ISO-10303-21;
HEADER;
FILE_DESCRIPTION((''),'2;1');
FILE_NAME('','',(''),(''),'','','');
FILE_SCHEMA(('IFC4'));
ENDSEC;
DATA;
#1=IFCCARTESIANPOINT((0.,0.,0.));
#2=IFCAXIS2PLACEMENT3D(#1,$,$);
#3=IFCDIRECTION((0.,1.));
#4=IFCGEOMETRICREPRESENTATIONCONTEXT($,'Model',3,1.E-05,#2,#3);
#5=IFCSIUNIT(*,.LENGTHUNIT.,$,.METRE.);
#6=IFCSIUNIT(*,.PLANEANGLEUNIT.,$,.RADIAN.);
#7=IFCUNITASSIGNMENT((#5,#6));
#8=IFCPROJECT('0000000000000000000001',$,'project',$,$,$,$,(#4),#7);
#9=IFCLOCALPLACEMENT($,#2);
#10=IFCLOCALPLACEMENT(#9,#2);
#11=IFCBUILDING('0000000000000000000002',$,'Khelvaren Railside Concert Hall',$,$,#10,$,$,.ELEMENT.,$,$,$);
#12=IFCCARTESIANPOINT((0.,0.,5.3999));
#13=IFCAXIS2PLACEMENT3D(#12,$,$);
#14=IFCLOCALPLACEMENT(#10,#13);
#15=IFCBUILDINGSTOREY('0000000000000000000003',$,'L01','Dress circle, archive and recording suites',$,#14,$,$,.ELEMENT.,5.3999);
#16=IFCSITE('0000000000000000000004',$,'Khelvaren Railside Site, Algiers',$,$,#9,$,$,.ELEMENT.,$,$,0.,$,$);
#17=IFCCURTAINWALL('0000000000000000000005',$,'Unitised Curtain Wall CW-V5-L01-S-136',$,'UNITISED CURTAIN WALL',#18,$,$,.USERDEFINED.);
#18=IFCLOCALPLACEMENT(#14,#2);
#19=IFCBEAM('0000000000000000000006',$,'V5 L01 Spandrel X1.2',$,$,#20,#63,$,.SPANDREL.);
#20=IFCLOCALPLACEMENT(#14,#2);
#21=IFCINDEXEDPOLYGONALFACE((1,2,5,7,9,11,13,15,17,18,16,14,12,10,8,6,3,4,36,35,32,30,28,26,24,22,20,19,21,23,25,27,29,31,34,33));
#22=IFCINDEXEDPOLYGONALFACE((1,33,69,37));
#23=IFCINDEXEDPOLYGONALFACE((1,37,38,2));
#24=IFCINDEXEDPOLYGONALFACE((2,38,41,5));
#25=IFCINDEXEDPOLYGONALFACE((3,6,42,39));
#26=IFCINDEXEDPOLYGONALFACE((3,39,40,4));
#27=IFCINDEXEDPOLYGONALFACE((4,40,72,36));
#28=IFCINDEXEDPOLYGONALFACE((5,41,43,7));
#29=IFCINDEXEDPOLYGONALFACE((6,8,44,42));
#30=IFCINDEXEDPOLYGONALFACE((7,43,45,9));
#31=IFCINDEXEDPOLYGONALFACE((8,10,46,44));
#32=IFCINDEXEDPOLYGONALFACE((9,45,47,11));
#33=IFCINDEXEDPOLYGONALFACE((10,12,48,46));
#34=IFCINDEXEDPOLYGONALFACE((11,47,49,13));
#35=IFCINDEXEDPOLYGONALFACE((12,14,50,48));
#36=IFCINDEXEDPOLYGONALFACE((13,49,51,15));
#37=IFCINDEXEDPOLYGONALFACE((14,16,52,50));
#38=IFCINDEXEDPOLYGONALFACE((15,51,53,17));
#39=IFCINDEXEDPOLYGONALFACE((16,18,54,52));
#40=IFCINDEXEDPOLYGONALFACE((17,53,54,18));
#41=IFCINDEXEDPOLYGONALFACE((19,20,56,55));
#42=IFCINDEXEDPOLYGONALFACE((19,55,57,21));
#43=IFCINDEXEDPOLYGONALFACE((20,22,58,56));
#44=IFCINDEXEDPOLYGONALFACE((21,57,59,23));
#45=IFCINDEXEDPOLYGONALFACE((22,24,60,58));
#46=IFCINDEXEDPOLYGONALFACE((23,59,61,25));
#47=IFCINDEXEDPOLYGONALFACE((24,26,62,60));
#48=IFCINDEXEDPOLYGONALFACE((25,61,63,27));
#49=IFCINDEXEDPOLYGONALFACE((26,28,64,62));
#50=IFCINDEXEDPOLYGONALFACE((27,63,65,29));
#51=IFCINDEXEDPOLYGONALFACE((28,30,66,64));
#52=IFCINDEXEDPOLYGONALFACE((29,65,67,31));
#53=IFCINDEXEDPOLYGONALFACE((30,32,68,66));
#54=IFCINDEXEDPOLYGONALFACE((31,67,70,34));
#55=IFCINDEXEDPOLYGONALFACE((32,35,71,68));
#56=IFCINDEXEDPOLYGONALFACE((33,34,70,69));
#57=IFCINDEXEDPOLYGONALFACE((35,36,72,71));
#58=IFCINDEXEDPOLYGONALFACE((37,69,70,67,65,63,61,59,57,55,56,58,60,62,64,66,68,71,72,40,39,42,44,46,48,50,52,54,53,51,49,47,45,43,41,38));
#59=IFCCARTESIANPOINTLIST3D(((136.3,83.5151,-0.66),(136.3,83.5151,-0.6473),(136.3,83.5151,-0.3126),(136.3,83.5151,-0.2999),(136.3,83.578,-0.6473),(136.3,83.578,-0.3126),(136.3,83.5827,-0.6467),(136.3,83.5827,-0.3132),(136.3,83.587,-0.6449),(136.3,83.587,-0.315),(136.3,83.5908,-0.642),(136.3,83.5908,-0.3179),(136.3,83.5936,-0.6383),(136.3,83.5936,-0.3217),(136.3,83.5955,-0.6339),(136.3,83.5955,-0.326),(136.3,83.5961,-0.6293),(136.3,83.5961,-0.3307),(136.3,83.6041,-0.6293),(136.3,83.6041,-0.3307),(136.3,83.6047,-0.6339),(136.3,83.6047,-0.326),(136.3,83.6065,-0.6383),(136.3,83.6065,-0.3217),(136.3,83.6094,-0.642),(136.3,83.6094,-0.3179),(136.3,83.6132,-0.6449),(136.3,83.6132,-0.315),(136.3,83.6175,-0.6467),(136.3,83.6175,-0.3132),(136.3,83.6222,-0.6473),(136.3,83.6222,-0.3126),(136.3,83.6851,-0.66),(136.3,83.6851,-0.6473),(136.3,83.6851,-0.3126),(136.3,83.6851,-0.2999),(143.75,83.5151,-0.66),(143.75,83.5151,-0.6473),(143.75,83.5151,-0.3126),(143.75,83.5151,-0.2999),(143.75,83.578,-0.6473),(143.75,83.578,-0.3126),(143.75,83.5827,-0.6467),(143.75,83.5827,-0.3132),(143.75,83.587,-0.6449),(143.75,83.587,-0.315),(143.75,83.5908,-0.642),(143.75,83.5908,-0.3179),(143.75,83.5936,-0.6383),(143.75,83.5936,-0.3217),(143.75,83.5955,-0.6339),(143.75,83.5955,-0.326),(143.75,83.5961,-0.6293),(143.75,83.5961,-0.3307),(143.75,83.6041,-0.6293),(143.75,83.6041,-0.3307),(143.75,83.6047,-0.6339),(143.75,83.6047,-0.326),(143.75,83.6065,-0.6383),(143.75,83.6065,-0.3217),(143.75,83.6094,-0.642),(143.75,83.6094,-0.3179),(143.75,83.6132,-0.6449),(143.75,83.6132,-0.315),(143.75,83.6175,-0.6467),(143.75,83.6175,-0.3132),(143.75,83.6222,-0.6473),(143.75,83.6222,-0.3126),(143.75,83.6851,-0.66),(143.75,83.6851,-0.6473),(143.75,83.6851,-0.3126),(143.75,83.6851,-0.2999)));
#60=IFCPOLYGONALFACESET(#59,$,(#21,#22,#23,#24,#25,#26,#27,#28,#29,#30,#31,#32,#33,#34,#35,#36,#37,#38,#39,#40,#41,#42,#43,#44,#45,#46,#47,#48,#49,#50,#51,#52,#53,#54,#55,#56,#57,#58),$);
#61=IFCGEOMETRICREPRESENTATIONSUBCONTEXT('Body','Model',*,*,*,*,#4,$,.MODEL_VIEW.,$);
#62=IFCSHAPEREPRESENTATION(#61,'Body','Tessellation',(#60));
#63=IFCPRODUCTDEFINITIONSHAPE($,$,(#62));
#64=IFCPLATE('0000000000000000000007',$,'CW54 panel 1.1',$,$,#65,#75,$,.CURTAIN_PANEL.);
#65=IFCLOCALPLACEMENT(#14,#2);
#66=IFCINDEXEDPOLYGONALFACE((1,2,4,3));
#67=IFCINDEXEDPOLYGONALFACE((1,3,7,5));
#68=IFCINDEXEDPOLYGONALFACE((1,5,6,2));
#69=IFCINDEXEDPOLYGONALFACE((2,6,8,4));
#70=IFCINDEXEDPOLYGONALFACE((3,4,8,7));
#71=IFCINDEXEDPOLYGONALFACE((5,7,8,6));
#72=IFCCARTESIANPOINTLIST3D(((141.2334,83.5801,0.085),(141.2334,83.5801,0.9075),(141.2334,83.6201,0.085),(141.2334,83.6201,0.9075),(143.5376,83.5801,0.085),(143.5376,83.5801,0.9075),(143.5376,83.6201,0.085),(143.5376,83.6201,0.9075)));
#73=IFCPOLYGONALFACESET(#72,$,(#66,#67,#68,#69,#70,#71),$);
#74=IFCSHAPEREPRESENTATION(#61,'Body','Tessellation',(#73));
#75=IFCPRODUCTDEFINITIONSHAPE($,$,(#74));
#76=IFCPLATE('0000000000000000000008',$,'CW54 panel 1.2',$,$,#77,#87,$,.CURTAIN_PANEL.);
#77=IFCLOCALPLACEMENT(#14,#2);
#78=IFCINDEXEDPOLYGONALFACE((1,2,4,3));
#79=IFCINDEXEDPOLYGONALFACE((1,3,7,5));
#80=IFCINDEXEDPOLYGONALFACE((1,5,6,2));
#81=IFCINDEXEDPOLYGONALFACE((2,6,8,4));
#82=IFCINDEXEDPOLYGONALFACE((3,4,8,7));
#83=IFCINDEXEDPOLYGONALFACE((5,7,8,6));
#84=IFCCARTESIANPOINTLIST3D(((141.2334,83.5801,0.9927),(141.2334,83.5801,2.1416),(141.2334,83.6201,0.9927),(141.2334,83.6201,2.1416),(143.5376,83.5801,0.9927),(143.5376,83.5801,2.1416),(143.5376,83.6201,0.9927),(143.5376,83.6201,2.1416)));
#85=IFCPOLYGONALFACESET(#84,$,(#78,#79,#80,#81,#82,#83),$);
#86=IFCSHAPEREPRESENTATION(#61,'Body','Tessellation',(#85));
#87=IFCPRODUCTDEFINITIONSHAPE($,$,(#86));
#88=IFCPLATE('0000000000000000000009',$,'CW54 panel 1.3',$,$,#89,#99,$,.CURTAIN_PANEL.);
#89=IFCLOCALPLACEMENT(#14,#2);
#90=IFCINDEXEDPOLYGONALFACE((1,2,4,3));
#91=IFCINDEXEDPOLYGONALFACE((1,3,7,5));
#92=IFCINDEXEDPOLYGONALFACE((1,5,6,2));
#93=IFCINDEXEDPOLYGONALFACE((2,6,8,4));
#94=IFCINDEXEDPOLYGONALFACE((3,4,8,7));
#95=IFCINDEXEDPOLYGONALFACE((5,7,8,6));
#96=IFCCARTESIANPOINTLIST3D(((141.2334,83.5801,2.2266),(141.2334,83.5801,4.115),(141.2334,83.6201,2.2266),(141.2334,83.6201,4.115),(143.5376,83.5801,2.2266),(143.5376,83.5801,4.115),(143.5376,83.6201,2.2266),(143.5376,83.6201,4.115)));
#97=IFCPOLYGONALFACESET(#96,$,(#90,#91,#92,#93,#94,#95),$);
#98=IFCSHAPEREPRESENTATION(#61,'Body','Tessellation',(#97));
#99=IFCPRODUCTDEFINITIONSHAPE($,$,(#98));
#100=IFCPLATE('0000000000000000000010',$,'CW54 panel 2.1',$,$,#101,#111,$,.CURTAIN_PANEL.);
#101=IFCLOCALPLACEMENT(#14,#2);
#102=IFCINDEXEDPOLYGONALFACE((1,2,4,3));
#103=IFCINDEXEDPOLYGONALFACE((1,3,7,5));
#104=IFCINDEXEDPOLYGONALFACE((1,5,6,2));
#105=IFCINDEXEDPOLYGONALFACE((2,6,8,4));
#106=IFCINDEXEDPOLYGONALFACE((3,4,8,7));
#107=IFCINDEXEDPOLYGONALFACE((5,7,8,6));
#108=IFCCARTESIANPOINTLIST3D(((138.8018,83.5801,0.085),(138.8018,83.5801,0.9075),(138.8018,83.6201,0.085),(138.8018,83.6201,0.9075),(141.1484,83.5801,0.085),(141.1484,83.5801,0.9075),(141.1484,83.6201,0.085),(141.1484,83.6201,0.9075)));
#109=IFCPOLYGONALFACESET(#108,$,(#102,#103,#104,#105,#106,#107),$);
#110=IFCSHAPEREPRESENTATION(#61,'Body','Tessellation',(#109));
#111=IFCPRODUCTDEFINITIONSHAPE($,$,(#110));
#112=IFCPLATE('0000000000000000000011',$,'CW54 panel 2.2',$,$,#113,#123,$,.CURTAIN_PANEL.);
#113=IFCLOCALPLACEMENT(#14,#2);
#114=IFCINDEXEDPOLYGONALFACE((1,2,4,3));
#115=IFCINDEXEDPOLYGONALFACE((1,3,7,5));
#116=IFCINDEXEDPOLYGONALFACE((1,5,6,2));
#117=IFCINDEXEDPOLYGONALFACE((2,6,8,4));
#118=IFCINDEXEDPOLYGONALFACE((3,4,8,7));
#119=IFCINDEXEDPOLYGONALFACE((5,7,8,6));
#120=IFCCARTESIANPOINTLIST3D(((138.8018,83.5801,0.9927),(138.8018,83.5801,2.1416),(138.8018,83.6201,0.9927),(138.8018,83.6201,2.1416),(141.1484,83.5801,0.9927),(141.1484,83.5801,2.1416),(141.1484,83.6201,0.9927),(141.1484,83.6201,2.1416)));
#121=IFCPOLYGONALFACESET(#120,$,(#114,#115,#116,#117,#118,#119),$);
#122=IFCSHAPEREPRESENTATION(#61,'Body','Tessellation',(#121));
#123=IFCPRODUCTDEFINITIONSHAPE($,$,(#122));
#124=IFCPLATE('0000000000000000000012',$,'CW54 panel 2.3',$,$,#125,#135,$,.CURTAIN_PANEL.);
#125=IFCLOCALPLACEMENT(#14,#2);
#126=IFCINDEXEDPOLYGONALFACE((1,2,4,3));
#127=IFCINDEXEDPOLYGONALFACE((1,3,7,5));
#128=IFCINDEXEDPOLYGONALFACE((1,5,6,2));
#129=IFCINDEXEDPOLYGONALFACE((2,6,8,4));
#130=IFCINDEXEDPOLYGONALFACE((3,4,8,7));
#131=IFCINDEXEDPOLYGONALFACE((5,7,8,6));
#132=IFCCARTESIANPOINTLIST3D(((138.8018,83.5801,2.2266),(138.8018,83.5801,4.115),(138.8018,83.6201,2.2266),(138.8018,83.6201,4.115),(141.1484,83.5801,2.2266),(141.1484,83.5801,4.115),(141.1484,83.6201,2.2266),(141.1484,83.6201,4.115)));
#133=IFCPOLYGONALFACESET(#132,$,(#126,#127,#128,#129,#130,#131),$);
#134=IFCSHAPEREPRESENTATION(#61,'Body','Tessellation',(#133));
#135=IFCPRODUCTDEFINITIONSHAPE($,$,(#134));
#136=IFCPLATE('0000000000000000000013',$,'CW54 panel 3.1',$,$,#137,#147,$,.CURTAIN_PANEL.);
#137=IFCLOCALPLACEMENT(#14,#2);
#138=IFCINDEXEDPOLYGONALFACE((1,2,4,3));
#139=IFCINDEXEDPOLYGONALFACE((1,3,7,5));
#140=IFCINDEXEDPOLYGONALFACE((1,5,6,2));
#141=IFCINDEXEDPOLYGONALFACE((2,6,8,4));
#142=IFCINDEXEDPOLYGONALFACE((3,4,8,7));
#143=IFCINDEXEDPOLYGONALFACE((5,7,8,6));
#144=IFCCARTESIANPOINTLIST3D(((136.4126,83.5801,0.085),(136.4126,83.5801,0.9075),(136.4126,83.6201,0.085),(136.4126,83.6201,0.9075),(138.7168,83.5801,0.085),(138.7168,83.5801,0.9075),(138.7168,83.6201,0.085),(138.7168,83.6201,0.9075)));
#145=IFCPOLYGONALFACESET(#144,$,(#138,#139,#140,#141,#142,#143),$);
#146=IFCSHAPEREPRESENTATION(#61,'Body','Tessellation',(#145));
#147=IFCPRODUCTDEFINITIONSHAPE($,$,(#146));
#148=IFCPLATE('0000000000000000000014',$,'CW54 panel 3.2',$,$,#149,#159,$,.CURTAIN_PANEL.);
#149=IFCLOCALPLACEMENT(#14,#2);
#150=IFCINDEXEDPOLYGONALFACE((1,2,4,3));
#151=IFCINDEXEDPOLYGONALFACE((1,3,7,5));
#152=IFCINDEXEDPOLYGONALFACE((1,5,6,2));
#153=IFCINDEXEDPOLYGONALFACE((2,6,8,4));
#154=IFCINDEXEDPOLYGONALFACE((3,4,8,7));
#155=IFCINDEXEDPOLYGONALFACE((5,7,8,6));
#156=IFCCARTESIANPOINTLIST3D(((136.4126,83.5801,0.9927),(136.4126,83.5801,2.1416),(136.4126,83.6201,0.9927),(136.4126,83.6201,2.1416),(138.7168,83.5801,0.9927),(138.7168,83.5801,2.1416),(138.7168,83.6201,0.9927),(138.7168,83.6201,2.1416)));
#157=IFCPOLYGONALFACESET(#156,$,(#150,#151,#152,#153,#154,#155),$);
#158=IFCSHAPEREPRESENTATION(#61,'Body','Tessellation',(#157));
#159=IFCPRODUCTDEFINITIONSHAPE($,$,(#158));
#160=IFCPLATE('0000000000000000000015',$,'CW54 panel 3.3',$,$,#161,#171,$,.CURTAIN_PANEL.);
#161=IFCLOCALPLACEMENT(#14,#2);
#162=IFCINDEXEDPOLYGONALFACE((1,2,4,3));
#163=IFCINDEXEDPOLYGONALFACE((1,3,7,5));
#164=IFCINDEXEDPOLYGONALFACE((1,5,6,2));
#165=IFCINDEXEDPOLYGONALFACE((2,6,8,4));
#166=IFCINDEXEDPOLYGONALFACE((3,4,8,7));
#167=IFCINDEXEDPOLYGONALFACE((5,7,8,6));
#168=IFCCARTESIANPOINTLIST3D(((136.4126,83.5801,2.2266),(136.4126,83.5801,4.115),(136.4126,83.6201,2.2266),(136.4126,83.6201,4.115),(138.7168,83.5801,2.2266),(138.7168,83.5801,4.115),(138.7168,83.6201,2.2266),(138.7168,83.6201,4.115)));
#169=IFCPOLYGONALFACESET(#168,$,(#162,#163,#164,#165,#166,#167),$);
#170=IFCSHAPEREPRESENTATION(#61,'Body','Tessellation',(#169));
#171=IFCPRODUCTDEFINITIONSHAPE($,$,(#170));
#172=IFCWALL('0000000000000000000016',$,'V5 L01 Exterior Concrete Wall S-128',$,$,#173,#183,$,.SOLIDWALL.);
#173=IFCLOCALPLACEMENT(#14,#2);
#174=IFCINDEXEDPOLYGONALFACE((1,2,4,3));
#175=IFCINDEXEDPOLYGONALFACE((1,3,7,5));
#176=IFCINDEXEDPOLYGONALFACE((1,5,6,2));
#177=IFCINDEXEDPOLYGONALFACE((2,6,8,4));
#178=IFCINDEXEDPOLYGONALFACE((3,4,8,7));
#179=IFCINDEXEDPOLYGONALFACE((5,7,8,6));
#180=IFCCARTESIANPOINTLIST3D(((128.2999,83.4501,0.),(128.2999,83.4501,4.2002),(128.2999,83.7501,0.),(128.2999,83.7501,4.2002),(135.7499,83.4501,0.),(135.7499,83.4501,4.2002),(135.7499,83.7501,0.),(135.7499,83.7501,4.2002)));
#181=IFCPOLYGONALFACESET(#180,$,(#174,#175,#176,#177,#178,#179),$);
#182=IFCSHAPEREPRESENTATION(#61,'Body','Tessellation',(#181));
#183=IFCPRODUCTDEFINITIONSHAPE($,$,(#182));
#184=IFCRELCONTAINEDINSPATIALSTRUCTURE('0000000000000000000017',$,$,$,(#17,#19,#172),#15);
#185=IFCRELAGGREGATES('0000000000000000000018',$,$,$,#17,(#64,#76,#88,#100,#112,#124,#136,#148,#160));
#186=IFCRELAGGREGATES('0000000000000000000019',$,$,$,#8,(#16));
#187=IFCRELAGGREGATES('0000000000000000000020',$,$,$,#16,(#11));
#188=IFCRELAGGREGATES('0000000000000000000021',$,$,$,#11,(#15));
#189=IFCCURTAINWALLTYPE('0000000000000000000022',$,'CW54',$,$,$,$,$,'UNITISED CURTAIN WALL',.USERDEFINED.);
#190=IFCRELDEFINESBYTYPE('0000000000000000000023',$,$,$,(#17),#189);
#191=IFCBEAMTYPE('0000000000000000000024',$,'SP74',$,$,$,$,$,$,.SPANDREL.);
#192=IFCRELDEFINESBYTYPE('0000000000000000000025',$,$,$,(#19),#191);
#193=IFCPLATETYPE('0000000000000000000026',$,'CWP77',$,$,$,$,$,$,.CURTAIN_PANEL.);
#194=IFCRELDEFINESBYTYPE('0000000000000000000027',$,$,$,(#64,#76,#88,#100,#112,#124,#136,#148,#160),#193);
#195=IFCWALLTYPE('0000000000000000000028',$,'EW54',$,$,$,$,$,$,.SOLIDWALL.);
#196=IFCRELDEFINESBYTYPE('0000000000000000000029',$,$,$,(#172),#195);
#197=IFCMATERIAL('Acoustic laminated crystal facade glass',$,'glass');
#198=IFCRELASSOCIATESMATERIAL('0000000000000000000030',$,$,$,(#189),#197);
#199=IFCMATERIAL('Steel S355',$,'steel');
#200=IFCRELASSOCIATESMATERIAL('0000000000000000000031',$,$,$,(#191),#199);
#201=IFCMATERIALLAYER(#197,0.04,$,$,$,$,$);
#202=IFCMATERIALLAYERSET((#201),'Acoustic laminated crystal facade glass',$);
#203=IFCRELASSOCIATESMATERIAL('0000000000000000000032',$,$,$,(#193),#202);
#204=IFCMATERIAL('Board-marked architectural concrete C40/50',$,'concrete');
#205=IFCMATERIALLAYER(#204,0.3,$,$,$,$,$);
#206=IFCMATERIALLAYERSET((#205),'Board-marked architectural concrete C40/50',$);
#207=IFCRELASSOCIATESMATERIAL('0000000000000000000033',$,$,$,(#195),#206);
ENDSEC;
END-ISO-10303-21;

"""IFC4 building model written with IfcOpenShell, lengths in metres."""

from ifc_helpers import new_model, si_unit, direction, frame, frame_2d, origin, origin_2d, place, context, subcontext, project, spatial, rectangle, i_section, extrude, material, layer, layer_set, material_profile, profile_set, type_object, element, aggregate, save


model = new_model("IFC4")

# Units and contexts
model_context = context("Model", 3, precision=1e-05, world=origin(), true_north=direction((0.0, 1.0)))
body_context = subcontext(model_context, "Body", "Model", "MODEL_VIEW")
ifc_project = project(units=[si_unit("LENGTHUNIT", "METRE"), si_unit("PLANEANGLEUNIT", "RADIAN")], contexts=[model_context])

# Site, building, storey
site_placement = place(None, origin())
site = spatial("IfcSite", under=ifc_project, at=site_placement, Name="Khelvaren Railside Site, Algiers", CompositionType="ELEMENT", RefElevation=0.0)
building_placement = place(site_placement, origin())
building = spatial("IfcBuilding", under=site, at=building_placement, Name="Khelvaren Railside Concert Hall", CompositionType="ELEMENT")
storey_placement = place(building_placement, frame((0.0, 0.0, 5.3999)))
storey = spatial("IfcBuildingStorey", under=building, at=storey_placement, Name="L01", Description="Dress circle, archive and recording suites", CompositionType="ELEMENT", Elevation=5.3999)

# Curtain wall
ifc_material_1 = material(Name="Acoustic laminated crystal facade glass", Category="glass")
curtain_wall_type = type_object("IfcCurtainWallType", Name="CW54", ElementType="UNITISED CURTAIN WALL", PredefinedType="USERDEFINED", material=ifc_material_1)
curtain_wall_placement = place(storey_placement, origin())
curtain_wall = element("IfcCurtainWall", 1, at=curtain_wall_placement, inside=storey, type_object=curtain_wall_type, Name="Unitised Curtain Wall CW-V5-L01-S-136", ObjectType="UNITISED CURTAIN WALL", PredefinedType="USERDEFINED")

# Beam
ifc_material_2 = material(Name="Steel S355", Category="steel")
ifc_material_profile_1 = material_profile(ifc_material_2, i_section(OverallWidth=0.1699, OverallDepth=0.3601, WebThickness=0.0081, FlangeThickness=0.0127, FilletRadius=0.0181, at=origin_2d()), Name="IPE 360")
ifc_profile_set_1 = profile_set([ifc_material_profile_1], Name="Steel S355")
beam_type_1 = type_object("IfcBeamType", Name="SP74", PredefinedType="SPANDREL", material=ifc_profile_set_1)
beam_1_placement = place(storey_placement, frame((136.3, 83.6001, -0.48), z_axis=(1.0, 0.0, 0.0), x_axis=(0.0, 1.0, 0.0)))
element("IfcBeam", 2, at=beam_1_placement, inside=storey, type_object=beam_type_1, Name="V5 L01 Spandrel X1.2", PredefinedType="SPANDREL", context=body_context, shape_type="SweptSolid", body=[
    extrude(i_section(OverallWidth=0.1699, OverallDepth=0.3601, WebThickness=0.0081, FlangeThickness=0.0127, FilletRadius=0.0181, at=origin_2d()), origin(), (0.0, 0.0, 1.0), 7.45),
])

# Plates
ifc_layer_1 = layer(ifc_material_1, 0.04)
ifc_layer_set_1 = layer_set([ifc_layer_1], Name="Acoustic laminated crystal facade glass")
plate_type = type_object("IfcPlateType", Name="CWP77", PredefinedType="CURTAIN_PANEL", material=ifc_layer_set_1)
plate_1_placement = place(storey_placement, frame((142.3855, 83.6001, 0.085), z_axis=(0.0, 0.0, 1.0), x_axis=(-1.0, 0.0, 0.0)))
plate_1 = element("IfcPlate", 3, at=plate_1_placement, type_object=plate_type, Name="CW54 panel 1.1", PredefinedType="CURTAIN_PANEL", context=body_context, shape_type="SweptSolid", body=[
    extrude(rectangle(XDim=2.3042, YDim=0.04, at=origin_2d()), origin(), (0.0, 0.0, 1.0), 0.8225),
])
plate_2_placement = place(storey_placement, frame((142.3855, 83.6001, 0.9927), z_axis=(0.0, 0.0, 1.0), x_axis=(-1.0, 0.0, 0.0)))
plate_2 = element("IfcPlate", 4, at=plate_2_placement, type_object=plate_type, Name="CW54 panel 1.2", PredefinedType="CURTAIN_PANEL", context=body_context, shape_type="SweptSolid", body=[
    extrude(rectangle(XDim=2.3042, YDim=0.04, at=origin_2d()), origin(), (0.0, 0.0, 1.0), 1.1489),
])
plate_3_placement = place(storey_placement, frame((142.3855, 83.6001, 2.2266), z_axis=(0.0, 0.0, 1.0), x_axis=(-1.0, 0.0, 0.0)))
plate_3 = element("IfcPlate", 5, at=plate_3_placement, type_object=plate_type, Name="CW54 panel 1.3", PredefinedType="CURTAIN_PANEL", context=body_context, shape_type="SweptSolid", body=[
    extrude(rectangle(XDim=2.3042, YDim=0.04, at=origin_2d()), origin(), (0.0, 0.0, 1.0), 1.8884),
])
plate_4_placement = place(storey_placement, frame((139.9751, 83.6001, 0.085), z_axis=(0.0, 0.0, 1.0), x_axis=(-1.0, 0.0, 0.0)))
plate_4 = element("IfcPlate", 6, at=plate_4_placement, type_object=plate_type, Name="CW54 panel 2.1", PredefinedType="CURTAIN_PANEL", context=body_context, shape_type="SweptSolid", body=[
    extrude(rectangle(XDim=2.3467, YDim=0.04, at=origin_2d()), origin(), (0.0, 0.0, 1.0), 0.8225),
])
plate_5_placement = place(storey_placement, frame((139.9751, 83.6001, 0.9927), z_axis=(0.0, 0.0, 1.0), x_axis=(-1.0, 0.0, 0.0)))
plate_5 = element("IfcPlate", 7, at=plate_5_placement, type_object=plate_type, Name="CW54 panel 2.2", PredefinedType="CURTAIN_PANEL", context=body_context, shape_type="SweptSolid", body=[
    extrude(rectangle(XDim=2.3467, YDim=0.04, at=origin_2d()), origin(), (0.0, 0.0, 1.0), 1.1489),
])
plate_6_placement = place(storey_placement, frame((139.9751, 83.6001, 2.2266), z_axis=(0.0, 0.0, 1.0), x_axis=(-1.0, 0.0, 0.0)))
plate_6 = element("IfcPlate", 8, at=plate_6_placement, type_object=plate_type, Name="CW54 panel 2.3", PredefinedType="CURTAIN_PANEL", context=body_context, shape_type="SweptSolid", body=[
    extrude(rectangle(XDim=2.3467, YDim=0.04, at=origin_2d()), origin(), (0.0, 0.0, 1.0), 1.8884),
])
plate_7_placement = place(storey_placement, frame((137.5647, 83.6001, 0.085), z_axis=(0.0, 0.0, 1.0), x_axis=(-1.0, 0.0, 0.0)))
plate_7 = element("IfcPlate", 9, at=plate_7_placement, type_object=plate_type, Name="CW54 panel 3.1", PredefinedType="CURTAIN_PANEL", context=body_context, shape_type="SweptSolid", body=[
    extrude(rectangle(XDim=2.3042, YDim=0.04, at=origin_2d()), origin(), (0.0, 0.0, 1.0), 0.8225),
])
plate_8_placement = place(storey_placement, frame((137.5647, 83.6001, 0.9927), z_axis=(0.0, 0.0, 1.0), x_axis=(-1.0, 0.0, 0.0)))
plate_8 = element("IfcPlate", 10, at=plate_8_placement, type_object=plate_type, Name="CW54 panel 3.2", PredefinedType="CURTAIN_PANEL", context=body_context, shape_type="SweptSolid", body=[
    extrude(rectangle(XDim=2.3042, YDim=0.04, at=origin_2d()), origin(), (0.0, 0.0, 1.0), 1.1489),
])
plate_9_placement = place(storey_placement, frame((137.5647, 83.6001, 2.2266), z_axis=(0.0, 0.0, 1.0), x_axis=(-1.0, 0.0, 0.0)))
plate_9 = element("IfcPlate", 11, at=plate_9_placement, type_object=plate_type, Name="CW54 panel 3.3", PredefinedType="CURTAIN_PANEL", context=body_context, shape_type="SweptSolid", body=[
    extrude(rectangle(XDim=2.3042, YDim=0.04, at=origin_2d()), origin(), (0.0, 0.0, 1.0), 1.8884),
])
aggregate(curtain_wall, [plate_1, plate_2, plate_3, plate_4, plate_5, plate_6, plate_7, plate_8, plate_9])

# Wall
ifc_material_3 = material(Name="Board-marked architectural concrete C40/50", Category="concrete")
ifc_layer_2 = layer(ifc_material_3, 0.3)
ifc_layer_set_2 = layer_set([ifc_layer_2], Name="Board-marked architectural concrete C40/50")
wall_type = type_object("IfcWallType", Name="EW54", PredefinedType="SOLIDWALL", material=ifc_layer_set_2)
wall_placement = place(storey_placement, frame((135.75, 83.6001, 0.0), z_axis=(0.0, 0.0, 1.0), x_axis=(-1.0, 0.0, 0.0)))
element("IfcWall", 12, at=wall_placement, inside=storey, type_object=wall_type, Name="V5 L01 Exterior Concrete Wall S-128", PredefinedType="SOLIDWALL", context=body_context, shape_type="SweptSolid", body=[
    extrude(rectangle(XDim=7.45, YDim=0.3, at=frame_2d((3.7251, 0.0))), origin(), (0.0, 0.0, 1.0), 4.2002),
])

save(model, "model.ifc")
